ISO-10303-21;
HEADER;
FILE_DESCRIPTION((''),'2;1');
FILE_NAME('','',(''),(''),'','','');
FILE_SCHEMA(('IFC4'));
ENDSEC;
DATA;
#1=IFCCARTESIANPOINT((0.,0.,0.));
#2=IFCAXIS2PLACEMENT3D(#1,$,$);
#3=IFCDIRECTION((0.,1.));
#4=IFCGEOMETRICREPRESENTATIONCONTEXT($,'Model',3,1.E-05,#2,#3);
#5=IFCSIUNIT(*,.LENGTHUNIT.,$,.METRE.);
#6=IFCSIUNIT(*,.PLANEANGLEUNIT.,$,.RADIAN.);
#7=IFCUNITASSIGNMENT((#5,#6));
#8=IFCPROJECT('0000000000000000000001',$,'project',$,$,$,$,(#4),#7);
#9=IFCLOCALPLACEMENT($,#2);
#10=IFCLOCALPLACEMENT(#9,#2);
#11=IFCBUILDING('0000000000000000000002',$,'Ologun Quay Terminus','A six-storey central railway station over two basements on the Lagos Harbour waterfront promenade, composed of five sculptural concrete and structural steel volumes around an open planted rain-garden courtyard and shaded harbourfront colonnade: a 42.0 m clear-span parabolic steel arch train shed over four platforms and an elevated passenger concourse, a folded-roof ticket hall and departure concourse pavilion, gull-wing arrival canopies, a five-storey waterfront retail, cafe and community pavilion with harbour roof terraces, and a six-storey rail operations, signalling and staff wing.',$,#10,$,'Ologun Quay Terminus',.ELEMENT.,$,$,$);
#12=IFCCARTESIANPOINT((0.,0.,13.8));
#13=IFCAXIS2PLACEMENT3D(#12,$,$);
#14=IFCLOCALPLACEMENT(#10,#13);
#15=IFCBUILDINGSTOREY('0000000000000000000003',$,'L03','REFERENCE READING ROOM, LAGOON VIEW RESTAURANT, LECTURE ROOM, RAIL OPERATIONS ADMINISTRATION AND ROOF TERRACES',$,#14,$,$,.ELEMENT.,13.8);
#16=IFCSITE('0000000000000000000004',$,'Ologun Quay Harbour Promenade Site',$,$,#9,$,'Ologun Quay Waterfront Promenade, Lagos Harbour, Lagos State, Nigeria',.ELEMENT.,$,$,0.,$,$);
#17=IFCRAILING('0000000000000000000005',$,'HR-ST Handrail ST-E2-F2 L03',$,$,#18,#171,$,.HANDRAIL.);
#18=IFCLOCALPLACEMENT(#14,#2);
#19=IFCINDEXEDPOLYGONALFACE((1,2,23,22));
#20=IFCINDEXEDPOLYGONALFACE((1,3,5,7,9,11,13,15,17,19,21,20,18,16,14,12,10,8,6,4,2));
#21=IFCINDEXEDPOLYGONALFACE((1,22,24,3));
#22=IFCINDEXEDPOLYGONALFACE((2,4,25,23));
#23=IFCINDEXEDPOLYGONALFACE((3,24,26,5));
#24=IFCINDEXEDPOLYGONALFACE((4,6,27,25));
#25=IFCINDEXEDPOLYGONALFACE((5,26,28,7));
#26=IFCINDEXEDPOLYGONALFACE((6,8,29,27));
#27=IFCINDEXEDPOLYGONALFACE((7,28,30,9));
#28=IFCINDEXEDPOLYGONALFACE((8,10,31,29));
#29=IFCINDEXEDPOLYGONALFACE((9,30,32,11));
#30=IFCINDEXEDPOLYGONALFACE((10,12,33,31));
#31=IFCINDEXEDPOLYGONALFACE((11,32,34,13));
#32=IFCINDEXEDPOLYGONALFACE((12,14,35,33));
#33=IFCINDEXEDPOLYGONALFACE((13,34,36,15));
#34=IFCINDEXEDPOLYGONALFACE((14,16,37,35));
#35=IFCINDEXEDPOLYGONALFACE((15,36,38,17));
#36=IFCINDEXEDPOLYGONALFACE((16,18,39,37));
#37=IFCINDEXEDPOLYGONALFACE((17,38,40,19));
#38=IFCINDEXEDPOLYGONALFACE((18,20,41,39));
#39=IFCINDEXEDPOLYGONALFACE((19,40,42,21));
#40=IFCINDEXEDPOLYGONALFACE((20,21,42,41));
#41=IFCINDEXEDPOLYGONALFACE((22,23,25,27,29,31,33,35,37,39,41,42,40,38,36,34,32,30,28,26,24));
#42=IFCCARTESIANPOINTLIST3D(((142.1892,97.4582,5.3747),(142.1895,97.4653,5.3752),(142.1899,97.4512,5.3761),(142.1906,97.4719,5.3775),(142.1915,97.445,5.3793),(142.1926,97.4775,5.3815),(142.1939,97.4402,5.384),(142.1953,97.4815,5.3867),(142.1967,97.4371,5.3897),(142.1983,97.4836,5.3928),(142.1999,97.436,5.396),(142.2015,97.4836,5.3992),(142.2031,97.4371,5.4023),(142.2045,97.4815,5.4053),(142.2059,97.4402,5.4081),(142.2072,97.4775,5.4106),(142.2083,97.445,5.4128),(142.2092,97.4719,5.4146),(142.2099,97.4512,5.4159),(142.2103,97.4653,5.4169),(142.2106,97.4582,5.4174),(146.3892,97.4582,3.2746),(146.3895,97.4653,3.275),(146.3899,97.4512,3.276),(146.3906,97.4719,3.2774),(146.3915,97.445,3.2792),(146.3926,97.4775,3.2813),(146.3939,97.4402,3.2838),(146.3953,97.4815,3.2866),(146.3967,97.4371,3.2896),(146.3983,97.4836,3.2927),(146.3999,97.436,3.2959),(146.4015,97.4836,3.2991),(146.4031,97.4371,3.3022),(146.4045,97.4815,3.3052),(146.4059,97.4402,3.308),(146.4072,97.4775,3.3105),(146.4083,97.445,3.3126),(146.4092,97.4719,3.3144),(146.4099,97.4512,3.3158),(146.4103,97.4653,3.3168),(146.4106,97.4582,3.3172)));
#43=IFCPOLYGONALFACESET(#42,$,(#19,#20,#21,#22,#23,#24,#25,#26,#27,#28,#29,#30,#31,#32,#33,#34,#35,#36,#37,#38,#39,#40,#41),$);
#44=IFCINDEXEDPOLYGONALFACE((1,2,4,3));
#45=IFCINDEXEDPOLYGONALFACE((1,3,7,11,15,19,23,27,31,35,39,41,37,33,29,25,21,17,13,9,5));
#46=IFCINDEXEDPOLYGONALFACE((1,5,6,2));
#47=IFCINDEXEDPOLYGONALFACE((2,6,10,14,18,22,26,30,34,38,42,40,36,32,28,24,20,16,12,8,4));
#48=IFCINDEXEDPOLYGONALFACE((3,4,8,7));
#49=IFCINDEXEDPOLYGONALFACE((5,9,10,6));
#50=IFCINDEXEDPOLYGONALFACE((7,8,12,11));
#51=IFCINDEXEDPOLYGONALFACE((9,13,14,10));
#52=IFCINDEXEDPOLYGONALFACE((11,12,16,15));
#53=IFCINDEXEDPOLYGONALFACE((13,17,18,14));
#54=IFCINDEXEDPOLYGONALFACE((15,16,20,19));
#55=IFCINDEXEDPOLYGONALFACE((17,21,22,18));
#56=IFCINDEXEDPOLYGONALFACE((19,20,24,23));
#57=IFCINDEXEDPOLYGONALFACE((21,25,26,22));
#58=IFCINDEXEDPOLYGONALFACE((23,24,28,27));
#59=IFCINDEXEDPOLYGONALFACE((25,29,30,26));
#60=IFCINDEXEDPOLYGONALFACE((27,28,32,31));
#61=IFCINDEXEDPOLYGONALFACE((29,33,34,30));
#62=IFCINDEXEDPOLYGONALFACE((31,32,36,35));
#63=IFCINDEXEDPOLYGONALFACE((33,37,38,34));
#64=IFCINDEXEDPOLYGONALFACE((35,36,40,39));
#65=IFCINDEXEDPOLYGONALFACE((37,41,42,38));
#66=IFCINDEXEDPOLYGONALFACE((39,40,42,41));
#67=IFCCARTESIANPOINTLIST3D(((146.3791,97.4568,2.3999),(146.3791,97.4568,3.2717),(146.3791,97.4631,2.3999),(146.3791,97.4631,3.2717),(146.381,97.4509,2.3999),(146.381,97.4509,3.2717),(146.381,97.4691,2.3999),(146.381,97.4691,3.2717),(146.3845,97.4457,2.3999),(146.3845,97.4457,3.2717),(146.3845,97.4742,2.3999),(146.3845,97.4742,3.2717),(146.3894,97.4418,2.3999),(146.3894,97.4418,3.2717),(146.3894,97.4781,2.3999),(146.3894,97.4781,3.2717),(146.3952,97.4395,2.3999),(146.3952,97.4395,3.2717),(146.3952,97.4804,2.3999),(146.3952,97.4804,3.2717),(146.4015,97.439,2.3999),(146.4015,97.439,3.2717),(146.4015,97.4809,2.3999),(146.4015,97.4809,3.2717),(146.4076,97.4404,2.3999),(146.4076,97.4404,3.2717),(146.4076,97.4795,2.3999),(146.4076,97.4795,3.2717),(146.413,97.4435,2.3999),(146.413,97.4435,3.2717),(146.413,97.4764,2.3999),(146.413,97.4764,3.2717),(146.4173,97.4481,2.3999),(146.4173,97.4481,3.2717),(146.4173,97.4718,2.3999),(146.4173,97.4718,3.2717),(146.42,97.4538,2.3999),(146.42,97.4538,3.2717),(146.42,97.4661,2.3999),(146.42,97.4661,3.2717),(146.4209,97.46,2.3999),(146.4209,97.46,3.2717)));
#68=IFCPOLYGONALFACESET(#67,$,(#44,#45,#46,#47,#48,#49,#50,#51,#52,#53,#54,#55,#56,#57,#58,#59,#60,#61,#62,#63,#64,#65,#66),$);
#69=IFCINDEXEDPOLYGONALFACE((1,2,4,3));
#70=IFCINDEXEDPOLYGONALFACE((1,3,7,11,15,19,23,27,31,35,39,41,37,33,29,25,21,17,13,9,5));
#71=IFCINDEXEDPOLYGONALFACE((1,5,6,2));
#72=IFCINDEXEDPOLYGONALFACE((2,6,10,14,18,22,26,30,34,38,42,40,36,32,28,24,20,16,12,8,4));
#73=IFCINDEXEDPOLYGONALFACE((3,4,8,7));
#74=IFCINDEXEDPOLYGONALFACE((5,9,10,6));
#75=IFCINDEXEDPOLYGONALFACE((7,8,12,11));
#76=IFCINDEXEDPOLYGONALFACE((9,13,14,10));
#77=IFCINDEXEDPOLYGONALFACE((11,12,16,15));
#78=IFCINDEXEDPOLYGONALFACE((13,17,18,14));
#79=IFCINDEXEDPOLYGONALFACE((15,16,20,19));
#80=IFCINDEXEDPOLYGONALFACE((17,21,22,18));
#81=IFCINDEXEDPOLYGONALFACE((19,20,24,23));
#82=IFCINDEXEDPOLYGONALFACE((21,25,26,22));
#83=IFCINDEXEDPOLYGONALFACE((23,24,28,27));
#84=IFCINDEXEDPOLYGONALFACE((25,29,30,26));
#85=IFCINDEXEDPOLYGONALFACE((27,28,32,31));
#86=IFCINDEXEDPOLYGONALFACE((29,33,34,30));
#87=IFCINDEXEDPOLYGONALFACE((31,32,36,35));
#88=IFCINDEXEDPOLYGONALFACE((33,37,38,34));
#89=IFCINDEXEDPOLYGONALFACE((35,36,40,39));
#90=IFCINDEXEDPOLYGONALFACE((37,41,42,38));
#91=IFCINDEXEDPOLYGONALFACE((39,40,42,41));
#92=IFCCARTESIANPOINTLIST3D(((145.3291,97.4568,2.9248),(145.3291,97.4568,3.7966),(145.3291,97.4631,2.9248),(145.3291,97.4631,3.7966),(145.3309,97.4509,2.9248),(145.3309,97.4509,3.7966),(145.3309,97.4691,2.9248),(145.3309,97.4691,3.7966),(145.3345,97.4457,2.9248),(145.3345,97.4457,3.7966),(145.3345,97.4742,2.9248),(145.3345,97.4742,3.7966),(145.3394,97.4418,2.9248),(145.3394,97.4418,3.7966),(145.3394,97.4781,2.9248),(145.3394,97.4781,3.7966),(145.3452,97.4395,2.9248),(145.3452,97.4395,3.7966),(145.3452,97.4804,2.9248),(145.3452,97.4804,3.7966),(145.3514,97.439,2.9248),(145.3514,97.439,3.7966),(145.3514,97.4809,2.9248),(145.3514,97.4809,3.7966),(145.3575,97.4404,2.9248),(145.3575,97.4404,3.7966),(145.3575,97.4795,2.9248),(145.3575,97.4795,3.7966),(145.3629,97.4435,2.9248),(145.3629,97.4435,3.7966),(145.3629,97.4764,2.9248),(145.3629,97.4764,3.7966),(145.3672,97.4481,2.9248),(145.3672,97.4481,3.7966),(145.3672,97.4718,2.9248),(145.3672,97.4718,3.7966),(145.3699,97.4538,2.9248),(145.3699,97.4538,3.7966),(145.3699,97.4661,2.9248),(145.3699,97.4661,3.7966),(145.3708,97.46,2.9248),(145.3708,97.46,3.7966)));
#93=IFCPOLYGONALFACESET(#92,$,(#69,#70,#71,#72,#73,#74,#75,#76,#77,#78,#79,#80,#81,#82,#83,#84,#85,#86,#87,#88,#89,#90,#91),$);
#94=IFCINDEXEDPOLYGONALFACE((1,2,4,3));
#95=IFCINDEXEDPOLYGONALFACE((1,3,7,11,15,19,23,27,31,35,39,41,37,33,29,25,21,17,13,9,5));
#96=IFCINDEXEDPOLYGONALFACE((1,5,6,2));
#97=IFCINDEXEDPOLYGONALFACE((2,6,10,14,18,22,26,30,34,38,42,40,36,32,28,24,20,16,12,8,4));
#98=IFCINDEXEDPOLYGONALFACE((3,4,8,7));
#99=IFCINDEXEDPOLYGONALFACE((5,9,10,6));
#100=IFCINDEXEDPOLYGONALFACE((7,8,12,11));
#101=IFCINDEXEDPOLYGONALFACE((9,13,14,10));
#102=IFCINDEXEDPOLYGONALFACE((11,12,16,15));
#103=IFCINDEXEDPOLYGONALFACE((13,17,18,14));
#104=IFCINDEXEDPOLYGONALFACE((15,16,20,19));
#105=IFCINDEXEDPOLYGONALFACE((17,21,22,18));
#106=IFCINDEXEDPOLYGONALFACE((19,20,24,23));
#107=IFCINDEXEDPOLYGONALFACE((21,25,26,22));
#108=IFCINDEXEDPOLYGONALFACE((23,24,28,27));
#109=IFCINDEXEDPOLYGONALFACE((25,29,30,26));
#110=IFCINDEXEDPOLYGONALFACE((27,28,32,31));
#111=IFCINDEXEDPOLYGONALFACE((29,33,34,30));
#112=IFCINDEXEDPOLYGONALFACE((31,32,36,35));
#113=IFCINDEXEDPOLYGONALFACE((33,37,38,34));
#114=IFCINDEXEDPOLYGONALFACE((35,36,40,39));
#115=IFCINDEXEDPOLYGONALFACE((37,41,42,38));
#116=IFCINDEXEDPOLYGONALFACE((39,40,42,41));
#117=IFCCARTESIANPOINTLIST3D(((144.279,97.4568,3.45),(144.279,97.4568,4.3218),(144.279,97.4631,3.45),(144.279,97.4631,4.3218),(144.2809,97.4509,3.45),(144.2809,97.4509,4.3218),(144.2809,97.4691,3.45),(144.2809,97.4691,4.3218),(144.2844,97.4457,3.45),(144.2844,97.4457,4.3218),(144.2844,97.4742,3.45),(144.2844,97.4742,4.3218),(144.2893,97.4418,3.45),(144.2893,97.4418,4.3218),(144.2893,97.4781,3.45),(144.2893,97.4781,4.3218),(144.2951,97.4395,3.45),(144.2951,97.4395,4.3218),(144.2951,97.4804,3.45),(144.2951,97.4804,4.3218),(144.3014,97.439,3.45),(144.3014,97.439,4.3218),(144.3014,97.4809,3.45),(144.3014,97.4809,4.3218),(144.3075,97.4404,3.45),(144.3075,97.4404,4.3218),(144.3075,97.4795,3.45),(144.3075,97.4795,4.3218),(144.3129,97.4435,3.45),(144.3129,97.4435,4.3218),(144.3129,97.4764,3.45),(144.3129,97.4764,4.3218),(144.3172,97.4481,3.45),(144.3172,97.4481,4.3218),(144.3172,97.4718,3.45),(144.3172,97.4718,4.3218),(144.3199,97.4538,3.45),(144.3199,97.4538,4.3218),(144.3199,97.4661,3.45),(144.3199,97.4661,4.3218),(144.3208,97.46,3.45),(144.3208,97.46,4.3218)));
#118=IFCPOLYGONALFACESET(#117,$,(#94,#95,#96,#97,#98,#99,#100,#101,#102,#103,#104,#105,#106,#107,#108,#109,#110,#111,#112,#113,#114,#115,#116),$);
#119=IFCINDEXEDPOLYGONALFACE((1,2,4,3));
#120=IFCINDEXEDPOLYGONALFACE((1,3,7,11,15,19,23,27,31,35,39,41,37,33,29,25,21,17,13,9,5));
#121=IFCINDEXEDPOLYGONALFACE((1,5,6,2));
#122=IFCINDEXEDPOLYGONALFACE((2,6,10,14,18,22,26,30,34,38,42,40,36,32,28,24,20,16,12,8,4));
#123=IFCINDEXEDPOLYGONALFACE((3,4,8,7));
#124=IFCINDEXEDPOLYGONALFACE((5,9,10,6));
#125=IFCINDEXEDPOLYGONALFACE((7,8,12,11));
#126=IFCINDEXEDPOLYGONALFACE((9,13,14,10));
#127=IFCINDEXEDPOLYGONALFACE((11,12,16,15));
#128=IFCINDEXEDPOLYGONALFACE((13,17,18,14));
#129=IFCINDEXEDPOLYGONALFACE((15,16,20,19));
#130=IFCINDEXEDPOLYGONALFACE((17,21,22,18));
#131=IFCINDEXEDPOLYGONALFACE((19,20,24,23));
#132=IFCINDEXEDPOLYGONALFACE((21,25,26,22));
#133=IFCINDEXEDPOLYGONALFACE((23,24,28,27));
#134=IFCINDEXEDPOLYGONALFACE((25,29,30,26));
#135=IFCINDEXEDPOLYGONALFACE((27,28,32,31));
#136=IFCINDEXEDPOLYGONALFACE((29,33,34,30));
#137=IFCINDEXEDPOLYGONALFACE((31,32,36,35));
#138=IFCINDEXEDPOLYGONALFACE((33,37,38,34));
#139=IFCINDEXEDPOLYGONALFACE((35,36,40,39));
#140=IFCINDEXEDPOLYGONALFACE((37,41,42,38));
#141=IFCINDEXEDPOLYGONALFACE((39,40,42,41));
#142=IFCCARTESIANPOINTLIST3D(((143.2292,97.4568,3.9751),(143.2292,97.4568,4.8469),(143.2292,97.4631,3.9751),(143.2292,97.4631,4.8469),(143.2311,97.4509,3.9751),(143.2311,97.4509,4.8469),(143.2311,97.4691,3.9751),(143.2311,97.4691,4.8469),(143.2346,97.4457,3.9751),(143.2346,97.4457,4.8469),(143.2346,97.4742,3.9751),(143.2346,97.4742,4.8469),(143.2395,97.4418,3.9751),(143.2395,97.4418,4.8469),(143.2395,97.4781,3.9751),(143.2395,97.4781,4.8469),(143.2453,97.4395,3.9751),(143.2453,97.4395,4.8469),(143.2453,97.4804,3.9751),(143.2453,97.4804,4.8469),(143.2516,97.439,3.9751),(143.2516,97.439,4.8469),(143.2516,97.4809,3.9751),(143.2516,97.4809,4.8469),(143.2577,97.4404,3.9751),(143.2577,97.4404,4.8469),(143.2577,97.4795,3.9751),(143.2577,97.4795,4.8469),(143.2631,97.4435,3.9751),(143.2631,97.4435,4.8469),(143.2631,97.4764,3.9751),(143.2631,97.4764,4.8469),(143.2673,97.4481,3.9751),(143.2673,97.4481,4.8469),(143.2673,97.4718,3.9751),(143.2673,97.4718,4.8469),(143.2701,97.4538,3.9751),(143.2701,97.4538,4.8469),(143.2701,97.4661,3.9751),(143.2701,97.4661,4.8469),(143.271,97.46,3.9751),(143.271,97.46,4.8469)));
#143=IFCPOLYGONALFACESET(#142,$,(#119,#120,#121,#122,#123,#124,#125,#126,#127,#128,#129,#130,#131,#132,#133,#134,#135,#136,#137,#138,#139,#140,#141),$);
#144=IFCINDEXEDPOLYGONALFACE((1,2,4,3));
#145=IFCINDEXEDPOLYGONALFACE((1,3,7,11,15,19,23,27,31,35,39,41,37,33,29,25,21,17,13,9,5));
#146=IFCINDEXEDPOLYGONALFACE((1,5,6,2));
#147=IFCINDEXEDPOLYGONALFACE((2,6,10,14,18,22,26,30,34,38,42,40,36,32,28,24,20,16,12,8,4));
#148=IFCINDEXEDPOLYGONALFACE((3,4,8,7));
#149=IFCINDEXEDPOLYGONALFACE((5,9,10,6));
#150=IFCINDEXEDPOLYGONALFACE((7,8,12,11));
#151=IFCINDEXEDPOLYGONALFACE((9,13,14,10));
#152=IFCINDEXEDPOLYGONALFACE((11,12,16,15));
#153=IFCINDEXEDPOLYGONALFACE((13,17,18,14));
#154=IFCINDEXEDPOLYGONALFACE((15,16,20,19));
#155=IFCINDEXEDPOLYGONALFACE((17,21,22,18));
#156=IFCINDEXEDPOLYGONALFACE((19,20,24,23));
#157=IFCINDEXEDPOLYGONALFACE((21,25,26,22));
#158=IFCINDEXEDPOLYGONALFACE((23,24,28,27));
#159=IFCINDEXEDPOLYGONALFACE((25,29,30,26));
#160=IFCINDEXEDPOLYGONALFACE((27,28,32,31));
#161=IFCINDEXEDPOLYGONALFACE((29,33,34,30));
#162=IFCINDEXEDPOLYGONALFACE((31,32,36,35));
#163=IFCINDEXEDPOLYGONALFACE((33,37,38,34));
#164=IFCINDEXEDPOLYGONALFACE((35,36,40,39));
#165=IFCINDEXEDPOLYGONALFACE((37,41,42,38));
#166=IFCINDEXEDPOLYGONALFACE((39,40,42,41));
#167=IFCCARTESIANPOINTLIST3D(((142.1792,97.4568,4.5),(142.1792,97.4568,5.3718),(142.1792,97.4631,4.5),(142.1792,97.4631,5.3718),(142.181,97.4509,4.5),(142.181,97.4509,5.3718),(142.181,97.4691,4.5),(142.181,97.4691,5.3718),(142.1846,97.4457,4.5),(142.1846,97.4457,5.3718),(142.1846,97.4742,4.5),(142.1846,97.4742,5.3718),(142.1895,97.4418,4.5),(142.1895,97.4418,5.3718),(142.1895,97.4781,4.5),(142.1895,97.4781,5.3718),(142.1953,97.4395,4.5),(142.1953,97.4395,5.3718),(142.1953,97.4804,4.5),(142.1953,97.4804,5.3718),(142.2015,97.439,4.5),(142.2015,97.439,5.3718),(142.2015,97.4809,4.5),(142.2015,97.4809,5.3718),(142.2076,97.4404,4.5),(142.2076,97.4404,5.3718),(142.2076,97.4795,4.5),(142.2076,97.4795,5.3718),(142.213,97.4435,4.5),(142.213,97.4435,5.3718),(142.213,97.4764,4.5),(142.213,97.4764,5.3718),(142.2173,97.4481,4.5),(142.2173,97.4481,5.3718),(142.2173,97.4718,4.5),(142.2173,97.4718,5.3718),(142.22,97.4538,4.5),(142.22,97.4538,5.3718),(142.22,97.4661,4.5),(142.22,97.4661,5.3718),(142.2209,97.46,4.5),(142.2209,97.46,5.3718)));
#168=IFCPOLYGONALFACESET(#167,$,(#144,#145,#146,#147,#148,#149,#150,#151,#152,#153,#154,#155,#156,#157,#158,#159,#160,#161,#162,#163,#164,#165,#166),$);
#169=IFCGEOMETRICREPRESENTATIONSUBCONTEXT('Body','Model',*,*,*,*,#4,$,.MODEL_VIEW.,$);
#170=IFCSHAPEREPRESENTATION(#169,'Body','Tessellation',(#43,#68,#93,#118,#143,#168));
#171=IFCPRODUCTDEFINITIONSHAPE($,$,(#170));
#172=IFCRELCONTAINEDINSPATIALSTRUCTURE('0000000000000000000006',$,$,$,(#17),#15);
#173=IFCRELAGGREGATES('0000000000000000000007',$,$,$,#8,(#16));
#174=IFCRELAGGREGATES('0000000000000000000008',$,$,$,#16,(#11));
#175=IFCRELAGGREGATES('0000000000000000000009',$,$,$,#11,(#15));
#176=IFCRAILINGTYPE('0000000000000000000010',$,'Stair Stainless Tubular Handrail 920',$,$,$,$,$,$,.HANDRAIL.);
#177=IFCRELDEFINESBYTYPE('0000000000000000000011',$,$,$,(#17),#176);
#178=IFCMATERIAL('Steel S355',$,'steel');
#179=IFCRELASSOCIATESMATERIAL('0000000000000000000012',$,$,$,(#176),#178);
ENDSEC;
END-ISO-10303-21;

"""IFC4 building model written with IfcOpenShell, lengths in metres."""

from ifc_helpers import new_model, si_unit, direction, frame, origin, origin_2d, place, context, subcontext, project, spatial, circle, extrude, material, type_object, element, save


model = new_model("IFC4")

# Units and contexts
model_context = context("Model", 3, precision=1e-05, world=origin(), true_north=direction((0.0, 1.0)))
body_context = subcontext(model_context, "Body", "Model", "MODEL_VIEW")
ifc_project = project(units=[si_unit("LENGTHUNIT", "METRE"), si_unit("PLANEANGLEUNIT", "RADIAN")], contexts=[model_context])

# Site, building, storey
site_placement = place(None, origin())
site = spatial("IfcSite", under=ifc_project, at=site_placement, Name="Ologun Quay Harbour Promenade Site", LongName="Ologun Quay Waterfront Promenade, Lagos Harbour, Lagos State, Nigeria", CompositionType="ELEMENT", RefElevation=0.0)
building_placement = place(site_placement, origin())
building = spatial("IfcBuilding", under=site, at=building_placement, Name="Ologun Quay Terminus", Description="A six-storey central railway station over two basements on the Lagos Harbour waterfront promenade, composed of five sculptural concrete and structural steel volumes around an open planted rain-garden courtyard and shaded harbourfront colonnade: a 42.0 m clear-span parabolic steel arch train shed over four platforms and an elevated passenger concourse, a folded-roof ticket hall and departure concourse pavilion, gull-wing arrival canopies, a five-storey waterfront retail, cafe and community pavilion with harbour roof terraces, and a six-storey rail operations, signalling and staff wing.", LongName="Ologun Quay Terminus", CompositionType="ELEMENT")
storey_placement = place(building_placement, frame((0.0, 0.0, 13.8)))
storey = spatial("IfcBuildingStorey", under=building, at=storey_placement, Name="L03", Description="REFERENCE READING ROOM, LAGOON VIEW RESTAURANT, LECTURE ROOM, RAIL OPERATIONS ADMINISTRATION AND ROOF TERRACES", CompositionType="ELEMENT", Elevation=13.8)

# Railing
ifc_material_1 = material(Name="Steel S355", Category="steel")
railing_type_1 = type_object("IfcRailingType", Name="Stair Stainless Tubular Handrail 920", PredefinedType="HANDRAIL", material=ifc_material_1)
railing_1_placement = place(storey_placement, frame((146.3999, 97.46, 2.3999)))
element("IfcRailing", 1, at=railing_1_placement, inside=storey, type_object=railing_type_1, Name="HR-ST Handrail ST-E2-F2 L03", PredefinedType="HANDRAIL", context=body_context, shape_type="SweptSolid", body=[
    extrude(circle(Radius=0.0239, at=origin_2d()), frame((0.0, 0.0, 0.896), z_axis=(-0.894417, 0.0, 0.447234), x_axis=(0.0, -1.0, 0.0)), (0.0, 0.0, 1.0), 4.6958),
    extrude(circle(Radius=0.021, at=origin_2d()), origin(), (0.0, 0.0, 1.0), 0.8718),
    extrude(circle(Radius=0.021, at=origin_2d()), frame((-1.05, 0.0, 0.5249)), (0.0, 0.0, 1.0), 0.8718),
    extrude(circle(Radius=0.021, at=origin_2d()), frame((-2.1001, 0.0, 1.05)), (0.0, 0.0, 1.0), 0.8718),
    extrude(circle(Radius=0.021, at=origin_2d()), frame((-3.1499, 0.0, 1.5752)), (0.0, 0.0, 1.0), 0.8718),
    extrude(circle(Radius=0.021, at=origin_2d()), frame((-4.2, 0.0, 2.1001)), (0.0, 0.0, 1.0), 0.8718),
])

save(model, "model.ifc")
